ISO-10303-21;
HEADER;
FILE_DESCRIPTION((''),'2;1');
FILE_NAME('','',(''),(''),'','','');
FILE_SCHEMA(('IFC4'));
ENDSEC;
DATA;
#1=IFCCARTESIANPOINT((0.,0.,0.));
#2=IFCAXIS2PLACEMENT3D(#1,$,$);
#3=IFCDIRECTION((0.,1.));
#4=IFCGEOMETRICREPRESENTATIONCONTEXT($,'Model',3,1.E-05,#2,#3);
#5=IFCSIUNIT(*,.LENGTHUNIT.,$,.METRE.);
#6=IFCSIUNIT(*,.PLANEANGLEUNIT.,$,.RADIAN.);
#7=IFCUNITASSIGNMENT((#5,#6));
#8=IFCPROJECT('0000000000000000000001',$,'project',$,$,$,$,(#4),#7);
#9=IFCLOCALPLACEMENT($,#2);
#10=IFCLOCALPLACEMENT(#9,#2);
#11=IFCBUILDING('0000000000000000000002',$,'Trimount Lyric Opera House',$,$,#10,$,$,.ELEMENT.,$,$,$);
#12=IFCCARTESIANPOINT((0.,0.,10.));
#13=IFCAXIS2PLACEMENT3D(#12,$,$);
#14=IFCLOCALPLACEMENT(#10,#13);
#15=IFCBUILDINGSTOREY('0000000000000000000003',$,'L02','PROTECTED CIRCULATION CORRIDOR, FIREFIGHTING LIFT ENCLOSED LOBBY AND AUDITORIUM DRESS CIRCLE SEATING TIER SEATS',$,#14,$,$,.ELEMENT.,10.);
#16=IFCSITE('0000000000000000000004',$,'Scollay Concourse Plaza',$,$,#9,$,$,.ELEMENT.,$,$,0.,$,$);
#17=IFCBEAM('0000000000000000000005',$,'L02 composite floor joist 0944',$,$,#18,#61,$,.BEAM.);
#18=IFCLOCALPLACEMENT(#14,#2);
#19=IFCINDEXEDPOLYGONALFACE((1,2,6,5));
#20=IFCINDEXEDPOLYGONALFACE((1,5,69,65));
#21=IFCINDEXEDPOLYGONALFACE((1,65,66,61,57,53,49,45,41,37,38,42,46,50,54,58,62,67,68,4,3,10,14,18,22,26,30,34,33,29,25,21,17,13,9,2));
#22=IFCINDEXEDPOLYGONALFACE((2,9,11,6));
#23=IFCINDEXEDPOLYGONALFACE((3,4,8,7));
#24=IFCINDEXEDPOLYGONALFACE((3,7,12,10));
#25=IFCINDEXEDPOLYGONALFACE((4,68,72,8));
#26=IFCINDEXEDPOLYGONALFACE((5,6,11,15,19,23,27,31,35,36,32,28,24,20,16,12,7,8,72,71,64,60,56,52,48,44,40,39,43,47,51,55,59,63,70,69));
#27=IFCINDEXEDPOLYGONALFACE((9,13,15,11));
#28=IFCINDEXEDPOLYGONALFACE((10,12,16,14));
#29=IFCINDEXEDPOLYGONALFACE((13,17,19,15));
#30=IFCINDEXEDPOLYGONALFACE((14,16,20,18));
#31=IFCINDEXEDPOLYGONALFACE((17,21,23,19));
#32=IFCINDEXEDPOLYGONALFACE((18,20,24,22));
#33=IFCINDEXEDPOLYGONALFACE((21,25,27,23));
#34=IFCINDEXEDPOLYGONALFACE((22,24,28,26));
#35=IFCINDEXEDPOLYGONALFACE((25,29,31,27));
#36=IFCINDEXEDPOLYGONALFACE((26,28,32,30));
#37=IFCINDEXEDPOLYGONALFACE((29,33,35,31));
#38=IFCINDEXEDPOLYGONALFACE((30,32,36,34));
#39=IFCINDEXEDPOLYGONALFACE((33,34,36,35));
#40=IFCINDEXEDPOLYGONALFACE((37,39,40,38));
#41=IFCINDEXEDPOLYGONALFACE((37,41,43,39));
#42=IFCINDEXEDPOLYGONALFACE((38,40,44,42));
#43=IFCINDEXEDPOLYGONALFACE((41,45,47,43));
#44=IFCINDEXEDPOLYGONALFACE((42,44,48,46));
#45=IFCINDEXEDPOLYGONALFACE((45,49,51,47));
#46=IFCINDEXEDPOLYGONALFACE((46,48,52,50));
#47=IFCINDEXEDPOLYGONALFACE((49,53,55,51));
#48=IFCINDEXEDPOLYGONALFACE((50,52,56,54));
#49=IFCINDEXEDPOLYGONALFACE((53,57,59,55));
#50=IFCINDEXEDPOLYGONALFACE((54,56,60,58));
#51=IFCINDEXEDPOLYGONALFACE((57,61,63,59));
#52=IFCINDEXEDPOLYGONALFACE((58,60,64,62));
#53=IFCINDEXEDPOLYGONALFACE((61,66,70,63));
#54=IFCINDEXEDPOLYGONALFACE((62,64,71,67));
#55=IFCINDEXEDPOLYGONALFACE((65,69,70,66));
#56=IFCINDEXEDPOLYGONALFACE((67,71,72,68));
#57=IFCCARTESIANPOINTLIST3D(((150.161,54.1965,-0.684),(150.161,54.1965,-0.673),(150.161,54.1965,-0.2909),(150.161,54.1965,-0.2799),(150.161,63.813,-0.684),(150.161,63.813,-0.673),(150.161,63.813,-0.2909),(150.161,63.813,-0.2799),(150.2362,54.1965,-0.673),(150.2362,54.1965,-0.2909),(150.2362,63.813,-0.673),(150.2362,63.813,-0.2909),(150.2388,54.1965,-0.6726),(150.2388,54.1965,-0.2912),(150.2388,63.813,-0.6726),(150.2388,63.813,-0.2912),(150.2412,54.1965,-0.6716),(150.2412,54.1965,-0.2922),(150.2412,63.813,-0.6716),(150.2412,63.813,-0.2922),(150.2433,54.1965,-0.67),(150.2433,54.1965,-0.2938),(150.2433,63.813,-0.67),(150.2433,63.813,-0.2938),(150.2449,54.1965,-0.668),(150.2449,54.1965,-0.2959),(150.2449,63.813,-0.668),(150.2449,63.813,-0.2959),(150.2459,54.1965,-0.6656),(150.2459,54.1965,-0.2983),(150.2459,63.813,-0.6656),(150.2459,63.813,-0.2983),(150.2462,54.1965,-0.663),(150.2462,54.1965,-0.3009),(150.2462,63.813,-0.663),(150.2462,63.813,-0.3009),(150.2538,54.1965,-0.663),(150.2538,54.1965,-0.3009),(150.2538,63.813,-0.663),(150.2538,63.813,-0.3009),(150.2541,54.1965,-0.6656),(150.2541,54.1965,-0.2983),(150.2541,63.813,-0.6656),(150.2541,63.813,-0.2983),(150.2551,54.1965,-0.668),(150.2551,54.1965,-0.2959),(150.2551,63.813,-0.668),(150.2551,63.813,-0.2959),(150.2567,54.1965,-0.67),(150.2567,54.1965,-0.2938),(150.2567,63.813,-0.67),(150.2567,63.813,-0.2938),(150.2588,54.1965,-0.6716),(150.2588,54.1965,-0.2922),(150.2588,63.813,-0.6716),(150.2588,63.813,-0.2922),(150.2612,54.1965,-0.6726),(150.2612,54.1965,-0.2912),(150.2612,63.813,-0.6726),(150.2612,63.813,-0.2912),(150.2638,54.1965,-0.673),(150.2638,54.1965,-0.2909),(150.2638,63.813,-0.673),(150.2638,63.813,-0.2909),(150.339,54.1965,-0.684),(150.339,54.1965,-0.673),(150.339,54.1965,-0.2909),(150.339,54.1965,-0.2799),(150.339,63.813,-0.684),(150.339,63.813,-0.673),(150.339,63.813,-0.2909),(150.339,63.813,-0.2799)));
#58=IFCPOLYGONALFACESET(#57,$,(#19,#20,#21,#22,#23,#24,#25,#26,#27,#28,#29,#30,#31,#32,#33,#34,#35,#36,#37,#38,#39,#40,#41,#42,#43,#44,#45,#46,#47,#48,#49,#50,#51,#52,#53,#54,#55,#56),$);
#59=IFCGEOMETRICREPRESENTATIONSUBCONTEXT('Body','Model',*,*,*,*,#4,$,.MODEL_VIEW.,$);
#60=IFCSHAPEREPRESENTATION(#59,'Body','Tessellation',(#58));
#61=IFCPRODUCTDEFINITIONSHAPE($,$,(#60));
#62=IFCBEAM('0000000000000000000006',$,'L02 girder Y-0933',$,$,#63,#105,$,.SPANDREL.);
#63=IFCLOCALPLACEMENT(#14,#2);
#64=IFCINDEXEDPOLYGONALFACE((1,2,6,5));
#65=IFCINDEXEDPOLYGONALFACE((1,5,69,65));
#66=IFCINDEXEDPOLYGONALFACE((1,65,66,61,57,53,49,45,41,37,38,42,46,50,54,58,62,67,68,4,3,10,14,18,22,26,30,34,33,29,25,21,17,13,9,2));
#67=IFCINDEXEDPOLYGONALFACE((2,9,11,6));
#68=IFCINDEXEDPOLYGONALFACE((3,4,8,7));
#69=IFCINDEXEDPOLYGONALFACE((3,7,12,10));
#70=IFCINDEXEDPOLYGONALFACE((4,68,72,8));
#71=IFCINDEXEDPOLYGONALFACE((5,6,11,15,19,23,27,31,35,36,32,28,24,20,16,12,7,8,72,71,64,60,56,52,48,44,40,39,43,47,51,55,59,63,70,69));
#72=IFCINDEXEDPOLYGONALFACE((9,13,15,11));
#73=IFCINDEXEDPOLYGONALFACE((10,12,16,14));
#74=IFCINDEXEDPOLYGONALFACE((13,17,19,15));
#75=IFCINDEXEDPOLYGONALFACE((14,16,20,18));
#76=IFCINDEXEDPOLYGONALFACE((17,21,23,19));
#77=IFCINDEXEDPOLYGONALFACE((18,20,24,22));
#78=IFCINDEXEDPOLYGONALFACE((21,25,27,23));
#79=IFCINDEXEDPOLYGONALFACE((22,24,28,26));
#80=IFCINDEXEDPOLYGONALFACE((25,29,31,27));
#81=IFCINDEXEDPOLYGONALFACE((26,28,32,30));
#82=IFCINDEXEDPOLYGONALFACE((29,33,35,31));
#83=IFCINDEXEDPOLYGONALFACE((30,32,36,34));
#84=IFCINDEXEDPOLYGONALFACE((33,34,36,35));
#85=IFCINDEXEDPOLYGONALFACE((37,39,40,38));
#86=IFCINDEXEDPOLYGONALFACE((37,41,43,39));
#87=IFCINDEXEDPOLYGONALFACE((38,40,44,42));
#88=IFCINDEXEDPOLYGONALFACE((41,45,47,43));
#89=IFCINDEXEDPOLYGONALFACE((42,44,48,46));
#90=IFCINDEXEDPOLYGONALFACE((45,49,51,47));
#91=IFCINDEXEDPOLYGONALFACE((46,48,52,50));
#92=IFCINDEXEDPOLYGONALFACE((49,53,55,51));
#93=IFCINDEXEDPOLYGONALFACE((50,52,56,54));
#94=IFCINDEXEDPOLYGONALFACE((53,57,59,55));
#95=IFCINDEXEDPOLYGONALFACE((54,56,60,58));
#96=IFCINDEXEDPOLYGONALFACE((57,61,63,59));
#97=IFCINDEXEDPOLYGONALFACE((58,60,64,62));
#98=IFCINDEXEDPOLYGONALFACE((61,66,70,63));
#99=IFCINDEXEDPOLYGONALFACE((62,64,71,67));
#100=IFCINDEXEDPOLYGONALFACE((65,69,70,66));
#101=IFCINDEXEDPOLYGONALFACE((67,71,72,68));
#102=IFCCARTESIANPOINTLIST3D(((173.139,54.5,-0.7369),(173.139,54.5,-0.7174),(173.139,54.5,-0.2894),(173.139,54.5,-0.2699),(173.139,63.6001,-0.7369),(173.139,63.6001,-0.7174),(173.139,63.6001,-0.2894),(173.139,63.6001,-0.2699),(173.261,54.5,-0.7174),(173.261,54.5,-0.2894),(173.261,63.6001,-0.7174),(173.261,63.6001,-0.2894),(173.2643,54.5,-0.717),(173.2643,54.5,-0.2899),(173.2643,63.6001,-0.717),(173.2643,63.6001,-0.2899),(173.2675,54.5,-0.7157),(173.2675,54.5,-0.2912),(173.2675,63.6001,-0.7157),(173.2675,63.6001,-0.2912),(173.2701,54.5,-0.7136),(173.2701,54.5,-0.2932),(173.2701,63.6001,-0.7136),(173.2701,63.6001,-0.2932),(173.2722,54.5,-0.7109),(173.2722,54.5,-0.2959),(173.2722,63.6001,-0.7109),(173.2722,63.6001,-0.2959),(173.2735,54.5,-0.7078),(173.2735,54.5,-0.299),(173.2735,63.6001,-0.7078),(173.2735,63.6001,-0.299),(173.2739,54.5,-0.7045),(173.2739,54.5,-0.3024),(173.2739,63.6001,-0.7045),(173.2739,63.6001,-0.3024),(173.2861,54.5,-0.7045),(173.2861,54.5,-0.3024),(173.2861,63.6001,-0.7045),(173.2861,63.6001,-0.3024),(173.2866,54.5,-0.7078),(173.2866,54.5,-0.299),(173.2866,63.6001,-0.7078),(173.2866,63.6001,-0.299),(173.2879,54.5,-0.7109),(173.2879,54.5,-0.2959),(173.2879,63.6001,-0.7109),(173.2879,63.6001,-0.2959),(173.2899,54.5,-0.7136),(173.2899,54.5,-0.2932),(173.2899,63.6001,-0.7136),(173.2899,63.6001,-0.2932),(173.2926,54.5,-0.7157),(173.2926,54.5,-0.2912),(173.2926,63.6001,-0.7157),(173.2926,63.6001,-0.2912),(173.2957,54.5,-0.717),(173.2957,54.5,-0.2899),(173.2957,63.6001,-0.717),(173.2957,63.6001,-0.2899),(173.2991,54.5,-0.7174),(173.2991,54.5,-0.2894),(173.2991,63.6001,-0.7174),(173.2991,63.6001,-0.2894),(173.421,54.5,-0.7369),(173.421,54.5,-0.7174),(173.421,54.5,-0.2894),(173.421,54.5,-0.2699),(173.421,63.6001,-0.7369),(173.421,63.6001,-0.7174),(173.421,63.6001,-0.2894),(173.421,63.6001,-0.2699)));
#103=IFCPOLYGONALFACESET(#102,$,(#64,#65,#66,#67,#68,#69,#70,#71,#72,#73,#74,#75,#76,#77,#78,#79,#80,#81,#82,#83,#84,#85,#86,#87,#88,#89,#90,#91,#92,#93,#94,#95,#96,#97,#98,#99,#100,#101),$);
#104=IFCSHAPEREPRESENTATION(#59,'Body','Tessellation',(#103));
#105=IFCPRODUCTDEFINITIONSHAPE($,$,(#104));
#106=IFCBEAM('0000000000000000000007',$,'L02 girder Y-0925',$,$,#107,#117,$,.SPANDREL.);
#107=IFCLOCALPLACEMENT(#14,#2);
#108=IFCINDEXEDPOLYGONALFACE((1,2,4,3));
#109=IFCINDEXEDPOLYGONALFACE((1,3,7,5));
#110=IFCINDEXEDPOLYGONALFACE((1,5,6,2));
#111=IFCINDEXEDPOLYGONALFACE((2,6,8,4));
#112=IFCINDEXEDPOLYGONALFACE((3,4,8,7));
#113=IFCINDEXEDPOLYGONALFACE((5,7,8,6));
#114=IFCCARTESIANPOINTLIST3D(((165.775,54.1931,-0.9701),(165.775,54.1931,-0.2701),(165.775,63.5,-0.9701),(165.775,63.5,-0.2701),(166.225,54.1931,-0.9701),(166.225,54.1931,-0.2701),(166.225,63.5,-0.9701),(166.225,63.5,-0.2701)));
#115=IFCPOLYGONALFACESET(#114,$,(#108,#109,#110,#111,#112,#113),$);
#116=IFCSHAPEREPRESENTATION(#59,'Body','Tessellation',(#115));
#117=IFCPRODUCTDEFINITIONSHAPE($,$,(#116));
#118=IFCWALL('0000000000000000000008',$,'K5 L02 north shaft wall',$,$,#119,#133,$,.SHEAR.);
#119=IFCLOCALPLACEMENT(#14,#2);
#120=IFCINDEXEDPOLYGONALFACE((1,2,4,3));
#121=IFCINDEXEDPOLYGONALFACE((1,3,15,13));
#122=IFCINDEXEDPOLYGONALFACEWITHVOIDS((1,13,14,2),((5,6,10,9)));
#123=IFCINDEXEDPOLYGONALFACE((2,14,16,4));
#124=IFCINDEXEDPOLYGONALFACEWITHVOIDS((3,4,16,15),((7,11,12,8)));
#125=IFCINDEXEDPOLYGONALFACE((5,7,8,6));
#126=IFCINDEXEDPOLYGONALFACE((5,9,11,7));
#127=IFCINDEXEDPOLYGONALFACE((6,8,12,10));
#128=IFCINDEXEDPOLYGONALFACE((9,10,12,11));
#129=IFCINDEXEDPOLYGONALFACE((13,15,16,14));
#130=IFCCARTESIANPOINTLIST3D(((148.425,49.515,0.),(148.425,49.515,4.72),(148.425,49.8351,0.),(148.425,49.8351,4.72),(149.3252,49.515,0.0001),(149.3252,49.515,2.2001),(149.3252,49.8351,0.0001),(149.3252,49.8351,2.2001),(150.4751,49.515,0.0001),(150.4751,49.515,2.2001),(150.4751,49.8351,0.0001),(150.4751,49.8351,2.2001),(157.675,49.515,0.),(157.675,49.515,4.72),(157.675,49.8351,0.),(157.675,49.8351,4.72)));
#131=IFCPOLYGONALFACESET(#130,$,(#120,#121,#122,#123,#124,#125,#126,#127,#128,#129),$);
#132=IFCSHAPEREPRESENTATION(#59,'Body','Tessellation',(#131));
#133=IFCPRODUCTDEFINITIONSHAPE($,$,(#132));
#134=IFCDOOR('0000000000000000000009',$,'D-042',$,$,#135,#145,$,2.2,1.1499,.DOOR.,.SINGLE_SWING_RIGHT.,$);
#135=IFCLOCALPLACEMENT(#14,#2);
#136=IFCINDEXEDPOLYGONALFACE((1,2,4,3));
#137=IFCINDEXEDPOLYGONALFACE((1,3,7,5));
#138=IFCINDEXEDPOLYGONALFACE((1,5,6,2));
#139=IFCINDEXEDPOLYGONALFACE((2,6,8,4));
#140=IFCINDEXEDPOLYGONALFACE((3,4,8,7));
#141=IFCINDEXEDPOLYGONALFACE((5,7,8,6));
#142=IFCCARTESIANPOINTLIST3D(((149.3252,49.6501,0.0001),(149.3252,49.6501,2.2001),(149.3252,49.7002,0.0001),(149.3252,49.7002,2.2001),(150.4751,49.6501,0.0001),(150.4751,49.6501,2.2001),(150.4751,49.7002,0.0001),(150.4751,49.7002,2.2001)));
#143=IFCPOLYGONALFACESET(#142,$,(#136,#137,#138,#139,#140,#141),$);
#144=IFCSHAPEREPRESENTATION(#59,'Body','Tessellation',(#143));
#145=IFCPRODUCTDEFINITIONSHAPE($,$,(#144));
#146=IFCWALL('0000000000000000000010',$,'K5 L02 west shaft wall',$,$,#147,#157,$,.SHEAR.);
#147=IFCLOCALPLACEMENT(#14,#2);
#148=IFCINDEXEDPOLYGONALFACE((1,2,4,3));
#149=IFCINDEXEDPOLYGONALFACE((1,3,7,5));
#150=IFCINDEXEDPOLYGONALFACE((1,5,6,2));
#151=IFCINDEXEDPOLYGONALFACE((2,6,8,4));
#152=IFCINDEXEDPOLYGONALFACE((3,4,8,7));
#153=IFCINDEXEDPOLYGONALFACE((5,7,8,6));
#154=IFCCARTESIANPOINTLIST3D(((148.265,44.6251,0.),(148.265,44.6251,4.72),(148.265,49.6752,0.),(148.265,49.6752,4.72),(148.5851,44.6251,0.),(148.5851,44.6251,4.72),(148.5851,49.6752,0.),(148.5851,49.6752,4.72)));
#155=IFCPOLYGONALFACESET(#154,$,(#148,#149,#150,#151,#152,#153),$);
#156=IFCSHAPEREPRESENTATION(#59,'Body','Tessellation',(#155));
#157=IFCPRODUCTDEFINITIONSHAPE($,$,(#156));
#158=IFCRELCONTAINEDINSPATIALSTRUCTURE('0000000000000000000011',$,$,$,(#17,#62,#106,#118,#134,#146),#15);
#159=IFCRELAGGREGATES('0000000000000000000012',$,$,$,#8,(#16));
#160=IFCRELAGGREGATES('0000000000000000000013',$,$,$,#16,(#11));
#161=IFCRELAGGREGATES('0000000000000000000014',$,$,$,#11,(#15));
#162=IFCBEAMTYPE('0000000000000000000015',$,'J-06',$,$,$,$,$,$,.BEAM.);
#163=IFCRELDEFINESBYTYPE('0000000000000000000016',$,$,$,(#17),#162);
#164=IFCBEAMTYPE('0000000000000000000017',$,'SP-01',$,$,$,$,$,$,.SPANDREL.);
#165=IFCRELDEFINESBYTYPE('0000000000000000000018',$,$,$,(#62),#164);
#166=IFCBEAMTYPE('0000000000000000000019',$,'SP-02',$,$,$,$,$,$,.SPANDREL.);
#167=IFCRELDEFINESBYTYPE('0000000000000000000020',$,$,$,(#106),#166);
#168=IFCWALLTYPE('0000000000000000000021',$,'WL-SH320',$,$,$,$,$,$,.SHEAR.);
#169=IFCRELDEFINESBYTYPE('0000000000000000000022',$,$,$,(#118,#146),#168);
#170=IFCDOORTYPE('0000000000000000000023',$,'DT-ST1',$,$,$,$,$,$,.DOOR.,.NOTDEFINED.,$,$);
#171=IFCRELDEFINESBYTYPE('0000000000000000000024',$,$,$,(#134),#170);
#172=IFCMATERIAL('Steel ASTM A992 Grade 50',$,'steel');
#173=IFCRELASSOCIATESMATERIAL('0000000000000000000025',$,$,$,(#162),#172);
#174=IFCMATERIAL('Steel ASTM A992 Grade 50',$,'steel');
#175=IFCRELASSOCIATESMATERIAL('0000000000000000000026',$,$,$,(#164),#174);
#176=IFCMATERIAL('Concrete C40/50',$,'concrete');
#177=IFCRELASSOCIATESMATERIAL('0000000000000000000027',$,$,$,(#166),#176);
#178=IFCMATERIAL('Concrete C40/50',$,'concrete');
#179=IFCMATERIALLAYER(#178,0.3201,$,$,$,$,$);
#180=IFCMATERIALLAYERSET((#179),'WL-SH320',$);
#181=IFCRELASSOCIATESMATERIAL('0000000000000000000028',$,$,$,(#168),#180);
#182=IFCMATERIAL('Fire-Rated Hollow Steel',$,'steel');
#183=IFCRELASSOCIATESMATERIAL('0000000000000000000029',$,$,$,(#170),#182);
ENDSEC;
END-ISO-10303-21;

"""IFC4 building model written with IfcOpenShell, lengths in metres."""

from ifc_helpers import new_model, si_unit, direction, frame, frame_2d, origin, origin_2d, place, context, subcontext, project, spatial, rectangle, i_section, extrude, material, layer, layer_set, material_profile, profile_set, type_object, element, fill, save


model = new_model("IFC4")

# Units and contexts
model_context = context("Model", 3, precision=1e-05, world=origin(), true_north=direction((0.0, 1.0)))
body_context = subcontext(model_context, "Body", "Model", "MODEL_VIEW")
ifc_project = project(units=[si_unit("LENGTHUNIT", "METRE"), si_unit("PLANEANGLEUNIT", "RADIAN")], contexts=[model_context])

# Site, building, storey
site_placement = place(None, origin())
site = spatial("IfcSite", under=ifc_project, at=site_placement, Name="Scollay Concourse Plaza", CompositionType="ELEMENT", RefElevation=0.0)
building_placement = place(site_placement, origin())
building = spatial("IfcBuilding", under=site, at=building_placement, Name="Trimount Lyric Opera House", CompositionType="ELEMENT")
storey_placement = place(building_placement, frame((0.0, 0.0, 10.0)))
storey = spatial("IfcBuildingStorey", under=building, at=storey_placement, Name="L02", Description="PROTECTED CIRCULATION CORRIDOR, FIREFIGHTING LIFT ENCLOSED LOBBY AND AUDITORIUM DRESS CIRCLE SEATING TIER SEATS", CompositionType="ELEMENT", Elevation=10.0)

# Beams
ifc_material_1 = material(Name="Steel ASTM A992 Grade 50", Category="steel")
ifc_material_profile_1 = material_profile(ifc_material_1, i_section(OverallWidth=0.178, OverallDepth=0.4041, WebThickness=0.0076, FlangeThickness=0.011, FilletRadius=0.01, at=origin_2d()), Name="W16X36")
ifc_profile_set_1 = profile_set([ifc_material_profile_1], Name="Steel ASTM A992 Grade 50")
beam_type_1 = type_object("IfcBeamType", Name="J-06", PredefinedType="BEAM", material=ifc_profile_set_1)
beam_1_placement = place(storey_placement, frame((150.25, 54.1965, -0.4819), z_axis=(0.0, 1.0, 0.0), x_axis=(-1.0, 0.0, 0.0)))
element("IfcBeam", 1, at=beam_1_placement, inside=storey, type_object=beam_type_1, Name="L02 composite floor joist 0944", PredefinedType="BEAM", context=body_context, shape_type="SweptSolid", body=[
    extrude(i_section(OverallWidth=0.178, OverallDepth=0.4041, WebThickness=0.0076, FlangeThickness=0.011, FilletRadius=0.01, at=origin_2d()), origin(), (0.0, 0.0, 1.0), 9.6165),
])
ifc_material_2 = material(Name="Steel ASTM A992 Grade 50", Category="steel")
ifc_material_profile_2 = material_profile(ifc_material_2, i_section(OverallWidth=0.282, OverallDepth=0.467, WebThickness=0.0122, FlangeThickness=0.0195, FilletRadius=0.0129, at=origin_2d()), Name="W18X86")
ifc_profile_set_2 = profile_set([ifc_material_profile_2], Name="Steel ASTM A992 Grade 50")
beam_type_2 = type_object("IfcBeamType", Name="SP-01", PredefinedType="SPANDREL", material=ifc_profile_set_2)
beam_2_placement = place(storey_placement, frame((173.28, 54.5, -0.5034), z_axis=(0.0, 1.0, 0.0), x_axis=(-1.0, 0.0, 0.0)))
element("IfcBeam", 2, at=beam_2_placement, inside=storey, type_object=beam_type_2, Name="L02 girder Y-0933", PredefinedType="SPANDREL", context=body_context, shape_type="SweptSolid", body=[
    extrude(i_section(OverallWidth=0.282, OverallDepth=0.467, WebThickness=0.0122, FlangeThickness=0.0195, FilletRadius=0.0129, at=origin_2d()), origin(), (0.0, 0.0, 1.0), 9.1001),
])
ifc_material_3 = material(Name="Concrete C40/50", Category="concrete")
ifc_material_profile_3 = material_profile(ifc_material_3, rectangle(XDim=0.45, YDim=0.7, at=origin_2d()), Name="RC450X700")
ifc_profile_set_3 = profile_set([ifc_material_profile_3], Name="Concrete C40/50")
beam_type_3 = type_object("IfcBeamType", Name="SP-02", PredefinedType="SPANDREL", material=ifc_profile_set_3)
beam_3_placement = place(storey_placement, frame((166.0, 54.1931, -0.6201), z_axis=(0.0, 1.0, 0.0), x_axis=(-1.0, 0.0, 0.0)))
element("IfcBeam", 3, at=beam_3_placement, inside=storey, type_object=beam_type_3, Name="L02 girder Y-0925", PredefinedType="SPANDREL", context=body_context, shape_type="SweptSolid", body=[
    extrude(rectangle(XDim=0.45, YDim=0.7, at=origin_2d()), origin(), (0.0, 0.0, 1.0), 9.3069),
])

# Wall, opening, door
ifc_material_4 = material(Name="Concrete C40/50", Category="concrete")
ifc_layer_1 = layer(ifc_material_4, 0.3201)
ifc_layer_set_1 = layer_set([ifc_layer_1], Name="WL-SH320")
wall_type_1 = type_object("IfcWallType", Name="WL-SH320", PredefinedType="SHEAR", material=ifc_layer_set_1)
wall_1_placement = place(storey_placement, frame((157.675, 49.675, 0.0), z_axis=(0.0, 0.0, 1.0), x_axis=(-1.0, 0.0, 0.0)))
wall_1 = element("IfcWall", 4, at=wall_1_placement, inside=storey, type_object=wall_type_1, Name="K5 L02 north shaft wall", PredefinedType="SHEAR", context=body_context, shape_type="SweptSolid", body=[
    extrude(rectangle(XDim=9.25, YDim=0.3201, at=frame_2d((4.625, 0.0))), origin(), (0.0, 0.0, 1.0), 4.72),
])
opening_1_placement = place(wall_1_placement, frame((7.2, 0.0, 0.0)))
opening_1 = element("IfcOpeningElement", 5, at=opening_1_placement, cuts=wall_1, PredefinedType="OPENING", context=body_context, shape_type="SweptSolid", body=[
    extrude(rectangle(XDim=1.1499, YDim=2.2, at=frame_2d((0.575, 1.1001))), frame((0.0, 0.1699, 0.0), z_axis=(0.0, -1.0, 0.0), x_axis=(1.0, 0.0, 0.0)), (0.0, 0.0, 1.0), 0.3401),
])
ifc_material_5 = material(Name="Fire-Rated Hollow Steel", Category="steel")
door_type = type_object("IfcDoorType", Name="DT-ST1", OperationType="NOTDEFINED", PredefinedType="DOOR", material=ifc_material_5)
door_placement = place(opening_1_placement, origin())
door = element("IfcDoor", 6, at=door_placement, inside=storey, type_object=door_type, Name="D-042", OperationType="SINGLE_SWING_RIGHT", OverallHeight=2.2, OverallWidth=1.1499, PredefinedType="DOOR", context=body_context, shape_type="SweptSolid", body=[
    extrude(rectangle(XDim=1.1499, YDim=2.2, at=frame_2d((0.575, 1.1001))), frame((0.0, 0.0249, 0.0), z_axis=(0.0, -1.0, 0.0), x_axis=(1.0, 0.0, 0.0)), (0.0, 0.0, 1.0), 0.05),
])
fill(opening_1, door)

# Wall
wall_2_placement = place(storey_placement, frame((148.425, 49.675, 0.0), z_axis=(0.0, 0.0, 1.0), x_axis=(0.0, -1.0, 0.0)))
element("IfcWall", 7, at=wall_2_placement, inside=storey, type_object=wall_type_1, Name="K5 L02 west shaft wall", PredefinedType="SHEAR", context=body_context, shape_type="SweptSolid", body=[
    extrude(rectangle(XDim=5.05, YDim=0.3201, at=frame_2d((2.5249, 0.0))), origin(), (0.0, 0.0, 1.0), 4.72),
])

save(model, "model.ifc")
